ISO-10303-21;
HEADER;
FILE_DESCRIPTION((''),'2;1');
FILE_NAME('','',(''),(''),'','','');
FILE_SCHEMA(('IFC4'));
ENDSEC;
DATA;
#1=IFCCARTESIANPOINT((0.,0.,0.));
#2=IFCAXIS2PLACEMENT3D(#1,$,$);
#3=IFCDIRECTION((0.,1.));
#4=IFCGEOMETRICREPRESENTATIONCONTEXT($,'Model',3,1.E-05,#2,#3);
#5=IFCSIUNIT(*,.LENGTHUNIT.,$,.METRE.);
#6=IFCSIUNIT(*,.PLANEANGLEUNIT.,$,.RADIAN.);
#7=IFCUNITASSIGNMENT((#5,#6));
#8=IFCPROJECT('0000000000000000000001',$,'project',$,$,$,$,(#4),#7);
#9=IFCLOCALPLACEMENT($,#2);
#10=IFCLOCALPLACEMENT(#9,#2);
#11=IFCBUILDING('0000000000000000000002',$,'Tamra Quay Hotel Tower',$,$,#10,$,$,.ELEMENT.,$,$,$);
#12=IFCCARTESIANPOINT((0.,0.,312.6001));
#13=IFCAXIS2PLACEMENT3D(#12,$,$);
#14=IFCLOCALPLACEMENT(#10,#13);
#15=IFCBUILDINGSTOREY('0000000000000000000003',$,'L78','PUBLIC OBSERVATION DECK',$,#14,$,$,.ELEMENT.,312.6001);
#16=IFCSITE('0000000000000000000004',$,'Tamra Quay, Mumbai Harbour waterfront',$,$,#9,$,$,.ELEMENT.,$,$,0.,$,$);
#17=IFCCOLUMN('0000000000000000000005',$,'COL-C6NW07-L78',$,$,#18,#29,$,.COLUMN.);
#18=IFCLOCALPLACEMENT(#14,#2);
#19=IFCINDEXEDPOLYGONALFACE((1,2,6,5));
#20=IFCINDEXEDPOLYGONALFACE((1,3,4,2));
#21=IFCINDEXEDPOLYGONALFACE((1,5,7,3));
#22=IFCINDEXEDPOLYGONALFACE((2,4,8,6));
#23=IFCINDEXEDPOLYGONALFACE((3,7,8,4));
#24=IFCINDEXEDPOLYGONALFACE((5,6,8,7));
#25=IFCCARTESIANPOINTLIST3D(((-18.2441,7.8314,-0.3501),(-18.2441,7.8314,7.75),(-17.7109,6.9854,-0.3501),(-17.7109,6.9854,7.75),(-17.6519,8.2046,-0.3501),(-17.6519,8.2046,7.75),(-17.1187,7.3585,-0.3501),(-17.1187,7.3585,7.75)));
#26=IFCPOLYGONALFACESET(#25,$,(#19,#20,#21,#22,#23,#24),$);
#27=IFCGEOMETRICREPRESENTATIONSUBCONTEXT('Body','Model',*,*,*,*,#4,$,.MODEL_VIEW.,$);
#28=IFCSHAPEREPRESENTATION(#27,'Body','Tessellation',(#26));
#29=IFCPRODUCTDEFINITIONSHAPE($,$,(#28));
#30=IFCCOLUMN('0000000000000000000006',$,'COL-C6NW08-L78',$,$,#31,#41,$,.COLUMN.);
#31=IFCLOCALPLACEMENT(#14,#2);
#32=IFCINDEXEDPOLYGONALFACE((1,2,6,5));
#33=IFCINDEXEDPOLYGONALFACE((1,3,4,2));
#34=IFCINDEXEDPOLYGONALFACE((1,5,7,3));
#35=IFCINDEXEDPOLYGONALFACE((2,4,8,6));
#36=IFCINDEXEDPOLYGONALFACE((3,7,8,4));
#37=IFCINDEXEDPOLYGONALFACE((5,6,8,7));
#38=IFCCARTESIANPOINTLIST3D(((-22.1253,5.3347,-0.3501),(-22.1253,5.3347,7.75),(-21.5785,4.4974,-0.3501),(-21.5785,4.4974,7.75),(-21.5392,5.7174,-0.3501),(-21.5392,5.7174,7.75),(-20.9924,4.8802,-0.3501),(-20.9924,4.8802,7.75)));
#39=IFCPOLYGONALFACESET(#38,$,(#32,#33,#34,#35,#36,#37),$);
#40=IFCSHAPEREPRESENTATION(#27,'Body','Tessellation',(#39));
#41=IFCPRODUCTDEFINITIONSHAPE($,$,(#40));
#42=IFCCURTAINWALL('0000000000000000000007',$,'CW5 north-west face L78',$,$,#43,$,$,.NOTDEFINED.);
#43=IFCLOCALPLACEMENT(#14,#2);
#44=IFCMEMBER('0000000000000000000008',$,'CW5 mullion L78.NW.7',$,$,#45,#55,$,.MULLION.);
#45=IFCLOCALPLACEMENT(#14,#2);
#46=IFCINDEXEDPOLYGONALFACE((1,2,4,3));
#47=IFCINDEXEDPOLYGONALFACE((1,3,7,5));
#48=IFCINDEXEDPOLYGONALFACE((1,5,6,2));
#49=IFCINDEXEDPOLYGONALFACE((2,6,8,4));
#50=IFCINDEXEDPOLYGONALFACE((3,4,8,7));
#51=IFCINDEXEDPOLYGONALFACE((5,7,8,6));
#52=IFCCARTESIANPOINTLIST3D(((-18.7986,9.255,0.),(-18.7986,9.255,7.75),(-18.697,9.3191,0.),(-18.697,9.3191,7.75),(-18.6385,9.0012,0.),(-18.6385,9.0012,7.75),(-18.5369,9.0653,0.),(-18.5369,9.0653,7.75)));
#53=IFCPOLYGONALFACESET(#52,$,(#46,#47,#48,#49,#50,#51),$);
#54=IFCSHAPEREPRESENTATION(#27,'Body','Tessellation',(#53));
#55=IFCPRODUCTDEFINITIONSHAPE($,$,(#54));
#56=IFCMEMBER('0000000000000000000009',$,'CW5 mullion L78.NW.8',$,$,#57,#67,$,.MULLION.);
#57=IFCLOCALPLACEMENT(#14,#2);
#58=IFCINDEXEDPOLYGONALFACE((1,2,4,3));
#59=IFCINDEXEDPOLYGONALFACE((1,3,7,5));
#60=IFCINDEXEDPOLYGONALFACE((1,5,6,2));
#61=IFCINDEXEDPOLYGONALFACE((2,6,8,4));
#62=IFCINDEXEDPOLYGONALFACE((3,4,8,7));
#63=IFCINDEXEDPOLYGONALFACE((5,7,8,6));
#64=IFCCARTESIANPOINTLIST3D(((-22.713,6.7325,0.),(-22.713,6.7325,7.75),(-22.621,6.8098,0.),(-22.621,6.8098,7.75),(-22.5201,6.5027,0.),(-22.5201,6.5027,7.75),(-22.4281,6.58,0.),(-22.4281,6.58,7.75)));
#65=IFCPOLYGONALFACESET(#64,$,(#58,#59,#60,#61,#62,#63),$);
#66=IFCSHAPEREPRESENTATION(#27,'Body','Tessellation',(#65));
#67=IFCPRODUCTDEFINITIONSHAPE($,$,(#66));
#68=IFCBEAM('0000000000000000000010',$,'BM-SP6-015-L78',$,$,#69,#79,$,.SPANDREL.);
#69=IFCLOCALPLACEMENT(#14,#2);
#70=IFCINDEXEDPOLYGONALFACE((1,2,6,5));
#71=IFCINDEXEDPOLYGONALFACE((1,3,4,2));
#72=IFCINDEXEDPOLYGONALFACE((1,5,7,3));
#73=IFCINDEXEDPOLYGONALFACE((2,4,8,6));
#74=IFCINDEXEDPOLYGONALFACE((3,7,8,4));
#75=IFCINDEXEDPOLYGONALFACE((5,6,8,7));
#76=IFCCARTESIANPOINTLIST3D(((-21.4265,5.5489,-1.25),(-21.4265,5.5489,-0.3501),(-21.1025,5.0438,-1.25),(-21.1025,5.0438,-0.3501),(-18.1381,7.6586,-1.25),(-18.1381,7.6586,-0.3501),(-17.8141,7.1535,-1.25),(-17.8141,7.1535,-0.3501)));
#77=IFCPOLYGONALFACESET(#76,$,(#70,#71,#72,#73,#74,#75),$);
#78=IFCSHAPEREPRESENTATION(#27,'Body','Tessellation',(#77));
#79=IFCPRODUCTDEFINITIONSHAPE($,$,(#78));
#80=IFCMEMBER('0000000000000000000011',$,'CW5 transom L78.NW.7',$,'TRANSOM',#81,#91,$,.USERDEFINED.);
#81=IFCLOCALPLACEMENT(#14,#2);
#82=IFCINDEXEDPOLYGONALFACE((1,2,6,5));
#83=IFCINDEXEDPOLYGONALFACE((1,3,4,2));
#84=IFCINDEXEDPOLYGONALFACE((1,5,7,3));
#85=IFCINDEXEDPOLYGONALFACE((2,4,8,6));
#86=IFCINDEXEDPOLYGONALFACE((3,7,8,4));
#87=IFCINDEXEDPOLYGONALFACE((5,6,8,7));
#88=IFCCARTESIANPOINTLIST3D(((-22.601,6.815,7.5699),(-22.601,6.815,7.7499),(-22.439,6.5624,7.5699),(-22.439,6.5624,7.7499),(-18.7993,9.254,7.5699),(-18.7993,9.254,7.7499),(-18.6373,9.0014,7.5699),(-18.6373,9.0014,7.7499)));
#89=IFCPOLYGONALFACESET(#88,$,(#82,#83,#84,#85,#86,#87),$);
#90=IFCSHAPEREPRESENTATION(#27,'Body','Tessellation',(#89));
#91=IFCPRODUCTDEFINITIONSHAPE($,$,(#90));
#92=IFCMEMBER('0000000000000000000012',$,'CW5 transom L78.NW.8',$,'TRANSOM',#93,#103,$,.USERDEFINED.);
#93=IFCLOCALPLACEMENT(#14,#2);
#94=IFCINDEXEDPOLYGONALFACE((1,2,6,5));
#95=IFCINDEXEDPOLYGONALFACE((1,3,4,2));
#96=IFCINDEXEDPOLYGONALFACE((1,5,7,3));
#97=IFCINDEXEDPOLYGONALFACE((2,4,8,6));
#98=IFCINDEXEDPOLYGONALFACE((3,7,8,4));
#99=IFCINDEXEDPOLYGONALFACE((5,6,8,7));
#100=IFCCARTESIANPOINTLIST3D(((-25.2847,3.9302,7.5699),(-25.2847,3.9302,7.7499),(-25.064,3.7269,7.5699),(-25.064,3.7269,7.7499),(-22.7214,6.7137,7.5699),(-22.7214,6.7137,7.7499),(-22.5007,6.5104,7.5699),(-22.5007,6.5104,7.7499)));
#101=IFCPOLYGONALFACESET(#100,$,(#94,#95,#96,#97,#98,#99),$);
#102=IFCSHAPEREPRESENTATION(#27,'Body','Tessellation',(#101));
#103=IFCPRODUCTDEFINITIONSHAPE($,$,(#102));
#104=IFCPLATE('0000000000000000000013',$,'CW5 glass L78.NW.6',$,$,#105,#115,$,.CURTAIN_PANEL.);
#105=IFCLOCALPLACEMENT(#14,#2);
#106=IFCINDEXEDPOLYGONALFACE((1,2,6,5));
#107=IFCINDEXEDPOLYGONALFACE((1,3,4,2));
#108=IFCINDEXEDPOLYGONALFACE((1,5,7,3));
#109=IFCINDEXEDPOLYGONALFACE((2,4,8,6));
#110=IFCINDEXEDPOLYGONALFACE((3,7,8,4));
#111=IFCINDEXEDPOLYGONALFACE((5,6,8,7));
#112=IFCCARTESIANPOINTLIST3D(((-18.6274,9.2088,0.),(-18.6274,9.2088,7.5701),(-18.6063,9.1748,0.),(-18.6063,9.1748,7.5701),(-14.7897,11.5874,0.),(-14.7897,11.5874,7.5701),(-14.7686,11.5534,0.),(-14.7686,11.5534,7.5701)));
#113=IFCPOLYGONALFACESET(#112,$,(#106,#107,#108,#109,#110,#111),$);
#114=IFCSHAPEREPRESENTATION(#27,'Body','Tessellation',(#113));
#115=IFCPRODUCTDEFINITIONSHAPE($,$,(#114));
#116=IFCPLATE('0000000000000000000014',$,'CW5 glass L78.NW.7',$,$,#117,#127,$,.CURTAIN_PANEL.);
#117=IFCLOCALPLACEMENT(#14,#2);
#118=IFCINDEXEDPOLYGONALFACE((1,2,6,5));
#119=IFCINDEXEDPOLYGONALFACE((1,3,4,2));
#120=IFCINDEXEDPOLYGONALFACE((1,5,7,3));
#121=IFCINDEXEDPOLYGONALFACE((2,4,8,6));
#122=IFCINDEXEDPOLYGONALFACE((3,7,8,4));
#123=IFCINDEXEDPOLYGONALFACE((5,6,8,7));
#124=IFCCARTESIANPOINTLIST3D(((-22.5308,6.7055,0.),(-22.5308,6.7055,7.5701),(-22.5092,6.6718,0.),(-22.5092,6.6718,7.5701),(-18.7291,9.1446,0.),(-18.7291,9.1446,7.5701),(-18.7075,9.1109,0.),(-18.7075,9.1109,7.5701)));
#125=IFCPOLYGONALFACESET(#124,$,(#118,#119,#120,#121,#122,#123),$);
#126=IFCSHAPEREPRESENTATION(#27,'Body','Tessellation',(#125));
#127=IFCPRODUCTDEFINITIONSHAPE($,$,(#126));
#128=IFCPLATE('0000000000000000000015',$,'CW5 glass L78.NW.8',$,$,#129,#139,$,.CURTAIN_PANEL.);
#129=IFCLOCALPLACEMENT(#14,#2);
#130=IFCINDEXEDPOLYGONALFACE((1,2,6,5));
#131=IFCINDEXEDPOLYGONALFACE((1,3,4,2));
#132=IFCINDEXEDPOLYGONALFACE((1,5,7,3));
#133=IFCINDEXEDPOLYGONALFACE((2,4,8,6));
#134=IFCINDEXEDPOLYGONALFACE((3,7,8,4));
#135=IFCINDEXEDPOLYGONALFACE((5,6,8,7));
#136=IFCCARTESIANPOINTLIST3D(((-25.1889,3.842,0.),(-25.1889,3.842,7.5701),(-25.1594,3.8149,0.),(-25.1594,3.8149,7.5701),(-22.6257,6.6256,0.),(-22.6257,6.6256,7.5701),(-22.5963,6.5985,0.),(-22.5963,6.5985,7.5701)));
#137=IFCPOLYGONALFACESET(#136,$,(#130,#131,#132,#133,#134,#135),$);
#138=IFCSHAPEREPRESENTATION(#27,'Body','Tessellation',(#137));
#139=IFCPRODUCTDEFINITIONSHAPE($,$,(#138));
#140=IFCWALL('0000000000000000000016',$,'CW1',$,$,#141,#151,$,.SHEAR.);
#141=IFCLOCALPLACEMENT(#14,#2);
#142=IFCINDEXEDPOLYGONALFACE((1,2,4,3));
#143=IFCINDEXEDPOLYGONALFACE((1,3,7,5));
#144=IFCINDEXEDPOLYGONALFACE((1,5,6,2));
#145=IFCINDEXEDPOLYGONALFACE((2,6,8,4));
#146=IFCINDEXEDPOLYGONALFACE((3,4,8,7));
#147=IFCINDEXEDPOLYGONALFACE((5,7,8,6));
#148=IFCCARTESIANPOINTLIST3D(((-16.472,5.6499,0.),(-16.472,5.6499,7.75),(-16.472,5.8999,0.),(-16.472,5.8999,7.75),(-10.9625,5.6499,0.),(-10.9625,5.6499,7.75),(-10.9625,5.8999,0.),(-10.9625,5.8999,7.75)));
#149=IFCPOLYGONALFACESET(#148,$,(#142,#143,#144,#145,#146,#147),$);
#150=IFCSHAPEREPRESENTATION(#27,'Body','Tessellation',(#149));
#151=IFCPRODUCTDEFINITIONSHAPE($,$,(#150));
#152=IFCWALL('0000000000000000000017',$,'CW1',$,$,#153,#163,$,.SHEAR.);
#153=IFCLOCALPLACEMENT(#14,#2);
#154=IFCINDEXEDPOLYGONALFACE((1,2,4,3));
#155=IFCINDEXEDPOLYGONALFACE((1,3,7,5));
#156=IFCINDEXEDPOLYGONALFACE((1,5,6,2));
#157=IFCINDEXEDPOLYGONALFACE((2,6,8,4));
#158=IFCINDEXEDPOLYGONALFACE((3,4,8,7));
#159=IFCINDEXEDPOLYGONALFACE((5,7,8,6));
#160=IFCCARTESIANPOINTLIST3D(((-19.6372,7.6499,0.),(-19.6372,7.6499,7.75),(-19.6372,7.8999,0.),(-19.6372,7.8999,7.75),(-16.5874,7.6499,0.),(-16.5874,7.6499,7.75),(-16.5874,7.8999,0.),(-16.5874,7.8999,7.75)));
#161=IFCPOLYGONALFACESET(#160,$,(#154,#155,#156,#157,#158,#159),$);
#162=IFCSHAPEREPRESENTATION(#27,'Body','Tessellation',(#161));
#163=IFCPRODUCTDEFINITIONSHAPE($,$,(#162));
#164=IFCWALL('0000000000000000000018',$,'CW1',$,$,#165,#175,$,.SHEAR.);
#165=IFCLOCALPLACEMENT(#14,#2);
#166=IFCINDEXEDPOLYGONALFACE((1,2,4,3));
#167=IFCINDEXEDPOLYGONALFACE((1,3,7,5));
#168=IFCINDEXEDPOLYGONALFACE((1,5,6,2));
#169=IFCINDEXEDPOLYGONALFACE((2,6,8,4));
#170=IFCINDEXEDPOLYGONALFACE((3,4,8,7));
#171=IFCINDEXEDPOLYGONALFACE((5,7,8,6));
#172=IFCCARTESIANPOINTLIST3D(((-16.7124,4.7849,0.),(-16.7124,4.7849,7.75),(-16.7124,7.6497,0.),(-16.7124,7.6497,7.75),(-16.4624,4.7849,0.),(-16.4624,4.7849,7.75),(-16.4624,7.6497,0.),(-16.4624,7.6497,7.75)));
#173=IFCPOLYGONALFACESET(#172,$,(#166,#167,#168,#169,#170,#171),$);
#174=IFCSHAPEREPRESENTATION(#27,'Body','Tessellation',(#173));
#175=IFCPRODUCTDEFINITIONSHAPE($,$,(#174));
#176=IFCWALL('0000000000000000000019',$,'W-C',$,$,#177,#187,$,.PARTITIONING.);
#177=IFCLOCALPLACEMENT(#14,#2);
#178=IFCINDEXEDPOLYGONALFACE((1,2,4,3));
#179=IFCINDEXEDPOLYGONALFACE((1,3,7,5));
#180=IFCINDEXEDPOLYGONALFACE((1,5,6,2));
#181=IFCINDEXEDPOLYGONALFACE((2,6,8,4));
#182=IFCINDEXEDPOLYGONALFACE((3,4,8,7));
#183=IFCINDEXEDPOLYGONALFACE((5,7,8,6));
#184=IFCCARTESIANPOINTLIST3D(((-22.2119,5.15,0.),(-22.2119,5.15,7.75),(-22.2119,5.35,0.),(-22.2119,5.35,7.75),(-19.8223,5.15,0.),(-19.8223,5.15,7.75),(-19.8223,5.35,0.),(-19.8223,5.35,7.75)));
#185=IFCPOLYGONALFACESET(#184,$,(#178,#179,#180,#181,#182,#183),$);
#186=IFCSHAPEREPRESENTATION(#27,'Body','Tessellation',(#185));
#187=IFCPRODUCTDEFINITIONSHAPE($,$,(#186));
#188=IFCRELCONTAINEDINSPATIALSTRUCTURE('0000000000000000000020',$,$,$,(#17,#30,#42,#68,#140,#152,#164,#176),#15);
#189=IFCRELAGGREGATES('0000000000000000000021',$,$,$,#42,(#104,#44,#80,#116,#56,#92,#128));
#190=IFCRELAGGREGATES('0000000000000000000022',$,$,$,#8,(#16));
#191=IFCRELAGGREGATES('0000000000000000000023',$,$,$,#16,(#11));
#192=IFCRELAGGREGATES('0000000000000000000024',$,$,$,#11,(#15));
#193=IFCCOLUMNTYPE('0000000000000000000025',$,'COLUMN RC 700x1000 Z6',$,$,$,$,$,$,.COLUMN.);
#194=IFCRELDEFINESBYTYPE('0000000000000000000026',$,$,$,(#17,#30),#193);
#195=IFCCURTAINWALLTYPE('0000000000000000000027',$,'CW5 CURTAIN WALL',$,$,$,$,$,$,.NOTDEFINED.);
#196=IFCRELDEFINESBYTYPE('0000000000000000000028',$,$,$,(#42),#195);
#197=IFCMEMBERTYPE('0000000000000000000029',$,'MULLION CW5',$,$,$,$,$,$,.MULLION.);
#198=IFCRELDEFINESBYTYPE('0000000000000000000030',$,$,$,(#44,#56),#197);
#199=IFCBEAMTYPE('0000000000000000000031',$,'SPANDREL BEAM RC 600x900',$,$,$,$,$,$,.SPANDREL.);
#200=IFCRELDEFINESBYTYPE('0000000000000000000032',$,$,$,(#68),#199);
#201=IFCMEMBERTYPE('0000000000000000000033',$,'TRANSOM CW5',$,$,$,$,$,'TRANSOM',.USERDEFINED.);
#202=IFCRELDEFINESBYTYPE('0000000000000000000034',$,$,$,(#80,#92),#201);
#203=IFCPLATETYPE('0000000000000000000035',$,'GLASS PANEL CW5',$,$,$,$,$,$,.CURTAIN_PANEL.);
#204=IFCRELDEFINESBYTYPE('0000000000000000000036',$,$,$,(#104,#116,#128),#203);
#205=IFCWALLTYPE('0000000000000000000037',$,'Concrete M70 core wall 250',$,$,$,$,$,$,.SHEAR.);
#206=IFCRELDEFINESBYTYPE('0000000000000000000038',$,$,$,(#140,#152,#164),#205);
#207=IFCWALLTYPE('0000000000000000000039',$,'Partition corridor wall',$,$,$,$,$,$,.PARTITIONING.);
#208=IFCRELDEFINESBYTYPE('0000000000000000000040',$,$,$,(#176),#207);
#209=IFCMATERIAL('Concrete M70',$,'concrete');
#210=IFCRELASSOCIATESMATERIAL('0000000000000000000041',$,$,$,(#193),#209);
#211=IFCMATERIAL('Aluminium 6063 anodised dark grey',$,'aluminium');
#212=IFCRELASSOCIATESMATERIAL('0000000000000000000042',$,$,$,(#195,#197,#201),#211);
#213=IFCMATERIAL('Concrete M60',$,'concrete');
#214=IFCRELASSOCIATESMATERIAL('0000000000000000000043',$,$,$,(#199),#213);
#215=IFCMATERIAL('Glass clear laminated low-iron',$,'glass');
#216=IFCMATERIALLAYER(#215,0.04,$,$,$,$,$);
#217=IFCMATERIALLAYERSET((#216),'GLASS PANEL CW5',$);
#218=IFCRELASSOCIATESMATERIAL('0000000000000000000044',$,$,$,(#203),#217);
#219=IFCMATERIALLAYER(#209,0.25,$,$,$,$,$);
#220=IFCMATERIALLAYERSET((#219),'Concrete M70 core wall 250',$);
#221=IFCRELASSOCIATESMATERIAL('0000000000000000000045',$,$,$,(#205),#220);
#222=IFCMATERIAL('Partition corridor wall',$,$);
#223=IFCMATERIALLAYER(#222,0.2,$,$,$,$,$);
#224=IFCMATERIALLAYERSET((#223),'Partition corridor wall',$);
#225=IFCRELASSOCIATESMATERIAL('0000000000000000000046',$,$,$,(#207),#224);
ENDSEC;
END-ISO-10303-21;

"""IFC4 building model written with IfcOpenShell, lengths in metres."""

from ifc_helpers import new_model, si_unit, direction, frame, frame_2d, origin, origin_2d, place, context, subcontext, project, spatial, rectangle, extrude, material, layer, layer_set, material_profile, profile_set, type_object, element, aggregate, save


model = new_model("IFC4")

# Units and contexts
model_context = context("Model", 3, precision=1e-05, world=origin(), true_north=direction((0.0, 1.0)))
body_context = subcontext(model_context, "Body", "Model", "MODEL_VIEW")
ifc_project = project(units=[si_unit("LENGTHUNIT", "METRE"), si_unit("PLANEANGLEUNIT", "RADIAN")], contexts=[model_context])

# Site, building, storey
site_placement = place(None, origin())
site = spatial("IfcSite", under=ifc_project, at=site_placement, Name="Tamra Quay, Mumbai Harbour waterfront", CompositionType="ELEMENT", RefElevation=0.0)
building_placement = place(site_placement, origin())
building = spatial("IfcBuilding", under=site, at=building_placement, Name="Tamra Quay Hotel Tower", CompositionType="ELEMENT")
storey_placement = place(building_placement, frame((0.0, 0.0, 312.6001)))
storey = spatial("IfcBuildingStorey", under=building, at=storey_placement, Name="L78", Description="PUBLIC OBSERVATION DECK", CompositionType="ELEMENT", Elevation=312.6001)

# Columns
ifc_material_1 = material(Name="Concrete M70", Category="concrete")
ifc_material_profile_1 = material_profile(ifc_material_1, rectangle(XDim=1.0, YDim=0.7, at=origin_2d()), Name="COLUMN RC 700x1000 Z6")
ifc_profile_set_1 = profile_set([ifc_material_profile_1], Name="Concrete M70")
column_type = type_object("IfcColumnType", Name="COLUMN RC 700x1000 Z6", PredefinedType="COLUMN", material=ifc_profile_set_1)
for number, where, z_axis, x_axis, name in (
    (1, (-17.6814, 7.595, -0.3501), (0.0, 0.0, 1.0), (-0.533133, 0.846031, 0.0), "COL-C6NW07-L78"),
    (2, (-21.5588, 5.1074, -0.3501), (0.0, 0.0, 1.0), (-0.546805, 0.83726, 0.0), "COL-C6NW08-L78"),
):
    element("IfcColumn", number, at=place(storey_placement, frame(where, z_axis=z_axis, x_axis=x_axis)), inside=storey, type_object=column_type, Name=name, PredefinedType="COLUMN", context=body_context, shape_type="SweptSolid", body=[
        extrude(rectangle(XDim=1.0, YDim=0.7, at=origin_2d()), origin(), (0.0, 0.0, 1.0), 8.1001),
    ])

# Curtain wall, members
ifc_material_2 = material(Name="Aluminium 6063 anodised dark grey", Category="aluminium")
curtain_wall_type = type_object("IfcCurtainWallType", Name="CW5 CURTAIN WALL", PredefinedType="NOTDEFINED", material=ifc_material_2)
curtain_wall_placement = place(storey_placement, origin())
curtain_wall = element("IfcCurtainWall", 3, at=curtain_wall_placement, inside=storey, type_object=curtain_wall_type, Name="CW5 north-west face L78", PredefinedType="NOTDEFINED")
ifc_material_profile_2 = material_profile(ifc_material_2, rectangle(XDim=0.3, YDim=0.1201, at=origin_2d()), Name="MULLION 120X300")
ifc_profile_set_2 = profile_set([ifc_material_profile_2], Name="Aluminium 6063 anodised dark grey")
member_type_1 = type_object("IfcMemberType", Name="MULLION CW5", PredefinedType="MULLION", material=ifc_profile_set_2)
member_1_placement = place(storey_placement, frame((-18.6677, 9.1602, 0.0), z_axis=(0.0, 0.0, 1.0), x_axis=(-0.533422, 0.845849, 0.0)))
member_1 = element("IfcMember", 4, at=member_1_placement, type_object=member_type_1, Name="CW5 mullion L78.NW.7", PredefinedType="MULLION", context=body_context, shape_type="SweptSolid", body=[
    extrude(rectangle(XDim=0.3, YDim=0.1201, at=origin_2d()), origin(), (0.0, 0.0, 1.0), 7.75),
])
member_2_placement = place(storey_placement, frame((-22.5706, 6.6562, 0.0), z_axis=(0.0, 0.0, 1.0), x_axis=(-0.643086, 0.765794, 0.0)))
member_2 = element("IfcMember", 5, at=member_2_placement, type_object=member_type_1, Name="CW5 mullion L78.NW.8", PredefinedType="MULLION", context=body_context, shape_type="SweptSolid", body=[
    extrude(rectangle(XDim=0.3, YDim=0.1201, at=origin_2d()), origin(), (0.0, 0.0, 1.0), 7.75),
])

# Beam
ifc_material_3 = material(Name="Concrete M60", Category="concrete")
ifc_material_profile_3 = material_profile(ifc_material_3, rectangle(XDim=0.6001, YDim=0.8999, at=origin_2d()), Name="SPANDREL BEAM RC 600x900")
ifc_profile_set_3 = profile_set([ifc_material_profile_3], Name="Concrete M60")
beam_type = type_object("IfcBeamType", Name="SPANDREL BEAM RC 600x900", PredefinedType="SPANDREL", material=ifc_profile_set_3)
beam_placement = place(storey_placement, frame((-17.9761, 7.406, -0.8), z_axis=(-0.84168, -0.539977, 0.0), x_axis=(0.539977, -0.84168, 0.0)))
element("IfcBeam", 6, at=beam_placement, inside=storey, type_object=beam_type, Name="BM-SP6-015-L78", PredefinedType="SPANDREL", context=body_context, shape_type="SweptSolid", body=[
    extrude(rectangle(XDim=0.6001, YDim=0.8999, at=origin_2d()), origin(), (0.0, 0.0, 1.0), 3.907),
])

# Members
ifc_material_profile_4 = material_profile(ifc_material_2, rectangle(XDim=0.3, YDim=0.1799, at=origin_2d()), Name="TRANSOM 300X180")
ifc_profile_set_4 = profile_set([ifc_material_profile_4], Name="Aluminium 6063 anodised dark grey")
member_type_2 = type_object("IfcMemberType", Name="TRANSOM CW5", ElementType="TRANSOM", PredefinedType="USERDEFINED", material=ifc_profile_set_4)
member_3_placement = place(storey_placement, frame((-18.7183, 9.1277, 7.6599), z_axis=(-0.841684, -0.539971, 0.0), x_axis=(0.539971, -0.841684, 0.0)))
member_3 = element("IfcMember", 7, at=member_3_placement, type_object=member_type_2, Name="CW5 transom L78.NW.7", ObjectType="TRANSOM", PredefinedType="USERDEFINED", context=body_context, shape_type="SweptSolid", body=[
    extrude(rectangle(XDim=0.3, YDim=0.1799, at=origin_2d()), origin(), (0.0, 0.0, 1.0), 4.5168),
])
member_4_placement = place(storey_placement, frame((-22.6111, 6.6121, 7.6599), z_axis=(-0.677409, -0.735607, 0.0), x_axis=(0.735607, -0.677409, 0.0)))
member_4 = element("IfcMember", 8, at=member_4_placement, type_object=member_type_2, Name="CW5 transom L78.NW.8", ObjectType="TRANSOM", PredefinedType="USERDEFINED", context=body_context, shape_type="SweptSolid", body=[
    extrude(rectangle(XDim=0.3, YDim=0.1799, at=origin_2d()), origin(), (0.0, 0.0, 1.0), 3.7839),
])

# Plates
ifc_material_4 = material(Name="Glass clear laminated low-iron", Category="glass")
ifc_layer_1 = layer(ifc_material_4, 0.04)
ifc_layer_set_1 = layer_set([ifc_layer_1], Name="GLASS PANEL CW5")
plate_type = type_object("IfcPlateType", Name="GLASS PANEL CW5", PredefinedType="CURTAIN_PANEL", material=ifc_layer_set_1)
plate_1_placement = place(storey_placement, frame((-16.698, 10.3811, 0.0), z_axis=(0.0, 0.0, 1.0), x_axis=(-0.849982, -0.526812, 0.0)))
plate_1 = element("IfcPlate", 9, at=plate_1_placement, type_object=plate_type, Name="CW5 glass L78.NW.6", PredefinedType="CURTAIN_PANEL", context=body_context, shape_type="SweptSolid", body=[
    extrude(rectangle(XDim=4.5151, YDim=0.04, at=origin_2d()), origin(), (0.0, 0.0, 1.0), 7.5701),
])
plate_2_placement = place(storey_placement, frame((-20.6191, 7.9082, 0.0), z_axis=(0.0, 0.0, 1.0), x_axis=(-0.841665, -0.54, 0.0)))
plate_2 = element("IfcPlate", 10, at=plate_2_placement, type_object=plate_type, Name="CW5 glass L78.NW.7", PredefinedType="CURTAIN_PANEL", context=body_context, shape_type="SweptSolid", body=[
    extrude(rectangle(XDim=4.5168, YDim=0.04, at=origin_2d()), origin(), (0.0, 0.0, 1.0), 7.5701),
])
plate_3_placement = place(storey_placement, frame((-23.8926, 5.2202, 0.0), z_axis=(0.0, 0.0, 1.0), x_axis=(-0.677376, -0.735637, 0.0)))
plate_3 = element("IfcPlate", 11, at=plate_3_placement, type_object=plate_type, Name="CW5 glass L78.NW.8", PredefinedType="CURTAIN_PANEL", context=body_context, shape_type="SweptSolid", body=[
    extrude(rectangle(XDim=3.7839, YDim=0.04, at=origin_2d()), origin(), (0.0, 0.0, 1.0), 7.5701),
])
aggregate(curtain_wall, [plate_1, member_1, member_3, plate_2, member_2, member_4, plate_3])

# Walls
ifc_layer_2 = layer(ifc_material_1, 0.25)
ifc_layer_set_2 = layer_set([ifc_layer_2], Name="Concrete M70 core wall 250")
wall_type_1 = type_object("IfcWallType", Name="Concrete M70 core wall 250", PredefinedType="SHEAR", material=ifc_layer_set_2)
wall_1_placement = place(storey_placement, frame((-16.4722, 5.7749, 0.0), z_axis=(0.0, 0.0, 1.0), x_axis=(1.0, 0.0, 0.0)))
element("IfcWall", 12, at=wall_1_placement, inside=storey, type_object=wall_type_1, Name="CW1", PredefinedType="SHEAR", context=body_context, shape_type="SweptSolid", body=[
    extrude(rectangle(XDim=5.5095, YDim=0.25, at=frame_2d((2.7549, 0.0))), origin(), (0.0, 0.0, 1.0), 7.75),
])
wall_2_placement = place(storey_placement, frame((-19.6372, 7.7749, 0.0), z_axis=(0.0, 0.0, 1.0), x_axis=(1.0, 0.0, 0.0)))
element("IfcWall", 13, at=wall_2_placement, inside=storey, type_object=wall_type_1, Name="CW1", PredefinedType="SHEAR", context=body_context, shape_type="SweptSolid", body=[
    extrude(rectangle(XDim=3.0498, YDim=0.25, at=frame_2d((1.5249, 0.0))), origin(), (0.0, 0.0, 1.0), 7.75),
])
wall_3_placement = place(storey_placement, frame((-16.5874, 7.6497, 0.0), z_axis=(0.0, 0.0, 1.0), x_axis=(0.0, -1.0, 0.0)))
element("IfcWall", 14, at=wall_3_placement, inside=storey, type_object=wall_type_1, Name="CW1", PredefinedType="SHEAR", context=body_context, shape_type="SweptSolid", body=[
    extrude(rectangle(XDim=2.8647, YDim=0.25, at=frame_2d((1.4324, 0.0))), origin(), (0.0, 0.0, 1.0), 7.75),
])
ifc_material_5 = material(Name="Partition corridor wall")
ifc_layer_3 = layer(ifc_material_5, 0.2)
ifc_layer_set_3 = layer_set([ifc_layer_3], Name="Partition corridor wall")
wall_type_2 = type_object("IfcWallType", Name="Partition corridor wall", PredefinedType="PARTITIONING", material=ifc_layer_set_3)
wall_4_placement = place(storey_placement, frame((-22.2119, 5.25, 0.0), z_axis=(0.0, 0.0, 1.0), x_axis=(1.0, 0.0, 0.0)))
element("IfcWall", 15, at=wall_4_placement, inside=storey, type_object=wall_type_2, Name="W-C", PredefinedType="PARTITIONING", context=body_context, shape_type="SweptSolid", body=[
    extrude(rectangle(XDim=2.3896, YDim=0.2, at=frame_2d((1.1948, 0.0))), origin(), (0.0, 0.0, 1.0), 7.75),
])

save(model, "model.ifc")
